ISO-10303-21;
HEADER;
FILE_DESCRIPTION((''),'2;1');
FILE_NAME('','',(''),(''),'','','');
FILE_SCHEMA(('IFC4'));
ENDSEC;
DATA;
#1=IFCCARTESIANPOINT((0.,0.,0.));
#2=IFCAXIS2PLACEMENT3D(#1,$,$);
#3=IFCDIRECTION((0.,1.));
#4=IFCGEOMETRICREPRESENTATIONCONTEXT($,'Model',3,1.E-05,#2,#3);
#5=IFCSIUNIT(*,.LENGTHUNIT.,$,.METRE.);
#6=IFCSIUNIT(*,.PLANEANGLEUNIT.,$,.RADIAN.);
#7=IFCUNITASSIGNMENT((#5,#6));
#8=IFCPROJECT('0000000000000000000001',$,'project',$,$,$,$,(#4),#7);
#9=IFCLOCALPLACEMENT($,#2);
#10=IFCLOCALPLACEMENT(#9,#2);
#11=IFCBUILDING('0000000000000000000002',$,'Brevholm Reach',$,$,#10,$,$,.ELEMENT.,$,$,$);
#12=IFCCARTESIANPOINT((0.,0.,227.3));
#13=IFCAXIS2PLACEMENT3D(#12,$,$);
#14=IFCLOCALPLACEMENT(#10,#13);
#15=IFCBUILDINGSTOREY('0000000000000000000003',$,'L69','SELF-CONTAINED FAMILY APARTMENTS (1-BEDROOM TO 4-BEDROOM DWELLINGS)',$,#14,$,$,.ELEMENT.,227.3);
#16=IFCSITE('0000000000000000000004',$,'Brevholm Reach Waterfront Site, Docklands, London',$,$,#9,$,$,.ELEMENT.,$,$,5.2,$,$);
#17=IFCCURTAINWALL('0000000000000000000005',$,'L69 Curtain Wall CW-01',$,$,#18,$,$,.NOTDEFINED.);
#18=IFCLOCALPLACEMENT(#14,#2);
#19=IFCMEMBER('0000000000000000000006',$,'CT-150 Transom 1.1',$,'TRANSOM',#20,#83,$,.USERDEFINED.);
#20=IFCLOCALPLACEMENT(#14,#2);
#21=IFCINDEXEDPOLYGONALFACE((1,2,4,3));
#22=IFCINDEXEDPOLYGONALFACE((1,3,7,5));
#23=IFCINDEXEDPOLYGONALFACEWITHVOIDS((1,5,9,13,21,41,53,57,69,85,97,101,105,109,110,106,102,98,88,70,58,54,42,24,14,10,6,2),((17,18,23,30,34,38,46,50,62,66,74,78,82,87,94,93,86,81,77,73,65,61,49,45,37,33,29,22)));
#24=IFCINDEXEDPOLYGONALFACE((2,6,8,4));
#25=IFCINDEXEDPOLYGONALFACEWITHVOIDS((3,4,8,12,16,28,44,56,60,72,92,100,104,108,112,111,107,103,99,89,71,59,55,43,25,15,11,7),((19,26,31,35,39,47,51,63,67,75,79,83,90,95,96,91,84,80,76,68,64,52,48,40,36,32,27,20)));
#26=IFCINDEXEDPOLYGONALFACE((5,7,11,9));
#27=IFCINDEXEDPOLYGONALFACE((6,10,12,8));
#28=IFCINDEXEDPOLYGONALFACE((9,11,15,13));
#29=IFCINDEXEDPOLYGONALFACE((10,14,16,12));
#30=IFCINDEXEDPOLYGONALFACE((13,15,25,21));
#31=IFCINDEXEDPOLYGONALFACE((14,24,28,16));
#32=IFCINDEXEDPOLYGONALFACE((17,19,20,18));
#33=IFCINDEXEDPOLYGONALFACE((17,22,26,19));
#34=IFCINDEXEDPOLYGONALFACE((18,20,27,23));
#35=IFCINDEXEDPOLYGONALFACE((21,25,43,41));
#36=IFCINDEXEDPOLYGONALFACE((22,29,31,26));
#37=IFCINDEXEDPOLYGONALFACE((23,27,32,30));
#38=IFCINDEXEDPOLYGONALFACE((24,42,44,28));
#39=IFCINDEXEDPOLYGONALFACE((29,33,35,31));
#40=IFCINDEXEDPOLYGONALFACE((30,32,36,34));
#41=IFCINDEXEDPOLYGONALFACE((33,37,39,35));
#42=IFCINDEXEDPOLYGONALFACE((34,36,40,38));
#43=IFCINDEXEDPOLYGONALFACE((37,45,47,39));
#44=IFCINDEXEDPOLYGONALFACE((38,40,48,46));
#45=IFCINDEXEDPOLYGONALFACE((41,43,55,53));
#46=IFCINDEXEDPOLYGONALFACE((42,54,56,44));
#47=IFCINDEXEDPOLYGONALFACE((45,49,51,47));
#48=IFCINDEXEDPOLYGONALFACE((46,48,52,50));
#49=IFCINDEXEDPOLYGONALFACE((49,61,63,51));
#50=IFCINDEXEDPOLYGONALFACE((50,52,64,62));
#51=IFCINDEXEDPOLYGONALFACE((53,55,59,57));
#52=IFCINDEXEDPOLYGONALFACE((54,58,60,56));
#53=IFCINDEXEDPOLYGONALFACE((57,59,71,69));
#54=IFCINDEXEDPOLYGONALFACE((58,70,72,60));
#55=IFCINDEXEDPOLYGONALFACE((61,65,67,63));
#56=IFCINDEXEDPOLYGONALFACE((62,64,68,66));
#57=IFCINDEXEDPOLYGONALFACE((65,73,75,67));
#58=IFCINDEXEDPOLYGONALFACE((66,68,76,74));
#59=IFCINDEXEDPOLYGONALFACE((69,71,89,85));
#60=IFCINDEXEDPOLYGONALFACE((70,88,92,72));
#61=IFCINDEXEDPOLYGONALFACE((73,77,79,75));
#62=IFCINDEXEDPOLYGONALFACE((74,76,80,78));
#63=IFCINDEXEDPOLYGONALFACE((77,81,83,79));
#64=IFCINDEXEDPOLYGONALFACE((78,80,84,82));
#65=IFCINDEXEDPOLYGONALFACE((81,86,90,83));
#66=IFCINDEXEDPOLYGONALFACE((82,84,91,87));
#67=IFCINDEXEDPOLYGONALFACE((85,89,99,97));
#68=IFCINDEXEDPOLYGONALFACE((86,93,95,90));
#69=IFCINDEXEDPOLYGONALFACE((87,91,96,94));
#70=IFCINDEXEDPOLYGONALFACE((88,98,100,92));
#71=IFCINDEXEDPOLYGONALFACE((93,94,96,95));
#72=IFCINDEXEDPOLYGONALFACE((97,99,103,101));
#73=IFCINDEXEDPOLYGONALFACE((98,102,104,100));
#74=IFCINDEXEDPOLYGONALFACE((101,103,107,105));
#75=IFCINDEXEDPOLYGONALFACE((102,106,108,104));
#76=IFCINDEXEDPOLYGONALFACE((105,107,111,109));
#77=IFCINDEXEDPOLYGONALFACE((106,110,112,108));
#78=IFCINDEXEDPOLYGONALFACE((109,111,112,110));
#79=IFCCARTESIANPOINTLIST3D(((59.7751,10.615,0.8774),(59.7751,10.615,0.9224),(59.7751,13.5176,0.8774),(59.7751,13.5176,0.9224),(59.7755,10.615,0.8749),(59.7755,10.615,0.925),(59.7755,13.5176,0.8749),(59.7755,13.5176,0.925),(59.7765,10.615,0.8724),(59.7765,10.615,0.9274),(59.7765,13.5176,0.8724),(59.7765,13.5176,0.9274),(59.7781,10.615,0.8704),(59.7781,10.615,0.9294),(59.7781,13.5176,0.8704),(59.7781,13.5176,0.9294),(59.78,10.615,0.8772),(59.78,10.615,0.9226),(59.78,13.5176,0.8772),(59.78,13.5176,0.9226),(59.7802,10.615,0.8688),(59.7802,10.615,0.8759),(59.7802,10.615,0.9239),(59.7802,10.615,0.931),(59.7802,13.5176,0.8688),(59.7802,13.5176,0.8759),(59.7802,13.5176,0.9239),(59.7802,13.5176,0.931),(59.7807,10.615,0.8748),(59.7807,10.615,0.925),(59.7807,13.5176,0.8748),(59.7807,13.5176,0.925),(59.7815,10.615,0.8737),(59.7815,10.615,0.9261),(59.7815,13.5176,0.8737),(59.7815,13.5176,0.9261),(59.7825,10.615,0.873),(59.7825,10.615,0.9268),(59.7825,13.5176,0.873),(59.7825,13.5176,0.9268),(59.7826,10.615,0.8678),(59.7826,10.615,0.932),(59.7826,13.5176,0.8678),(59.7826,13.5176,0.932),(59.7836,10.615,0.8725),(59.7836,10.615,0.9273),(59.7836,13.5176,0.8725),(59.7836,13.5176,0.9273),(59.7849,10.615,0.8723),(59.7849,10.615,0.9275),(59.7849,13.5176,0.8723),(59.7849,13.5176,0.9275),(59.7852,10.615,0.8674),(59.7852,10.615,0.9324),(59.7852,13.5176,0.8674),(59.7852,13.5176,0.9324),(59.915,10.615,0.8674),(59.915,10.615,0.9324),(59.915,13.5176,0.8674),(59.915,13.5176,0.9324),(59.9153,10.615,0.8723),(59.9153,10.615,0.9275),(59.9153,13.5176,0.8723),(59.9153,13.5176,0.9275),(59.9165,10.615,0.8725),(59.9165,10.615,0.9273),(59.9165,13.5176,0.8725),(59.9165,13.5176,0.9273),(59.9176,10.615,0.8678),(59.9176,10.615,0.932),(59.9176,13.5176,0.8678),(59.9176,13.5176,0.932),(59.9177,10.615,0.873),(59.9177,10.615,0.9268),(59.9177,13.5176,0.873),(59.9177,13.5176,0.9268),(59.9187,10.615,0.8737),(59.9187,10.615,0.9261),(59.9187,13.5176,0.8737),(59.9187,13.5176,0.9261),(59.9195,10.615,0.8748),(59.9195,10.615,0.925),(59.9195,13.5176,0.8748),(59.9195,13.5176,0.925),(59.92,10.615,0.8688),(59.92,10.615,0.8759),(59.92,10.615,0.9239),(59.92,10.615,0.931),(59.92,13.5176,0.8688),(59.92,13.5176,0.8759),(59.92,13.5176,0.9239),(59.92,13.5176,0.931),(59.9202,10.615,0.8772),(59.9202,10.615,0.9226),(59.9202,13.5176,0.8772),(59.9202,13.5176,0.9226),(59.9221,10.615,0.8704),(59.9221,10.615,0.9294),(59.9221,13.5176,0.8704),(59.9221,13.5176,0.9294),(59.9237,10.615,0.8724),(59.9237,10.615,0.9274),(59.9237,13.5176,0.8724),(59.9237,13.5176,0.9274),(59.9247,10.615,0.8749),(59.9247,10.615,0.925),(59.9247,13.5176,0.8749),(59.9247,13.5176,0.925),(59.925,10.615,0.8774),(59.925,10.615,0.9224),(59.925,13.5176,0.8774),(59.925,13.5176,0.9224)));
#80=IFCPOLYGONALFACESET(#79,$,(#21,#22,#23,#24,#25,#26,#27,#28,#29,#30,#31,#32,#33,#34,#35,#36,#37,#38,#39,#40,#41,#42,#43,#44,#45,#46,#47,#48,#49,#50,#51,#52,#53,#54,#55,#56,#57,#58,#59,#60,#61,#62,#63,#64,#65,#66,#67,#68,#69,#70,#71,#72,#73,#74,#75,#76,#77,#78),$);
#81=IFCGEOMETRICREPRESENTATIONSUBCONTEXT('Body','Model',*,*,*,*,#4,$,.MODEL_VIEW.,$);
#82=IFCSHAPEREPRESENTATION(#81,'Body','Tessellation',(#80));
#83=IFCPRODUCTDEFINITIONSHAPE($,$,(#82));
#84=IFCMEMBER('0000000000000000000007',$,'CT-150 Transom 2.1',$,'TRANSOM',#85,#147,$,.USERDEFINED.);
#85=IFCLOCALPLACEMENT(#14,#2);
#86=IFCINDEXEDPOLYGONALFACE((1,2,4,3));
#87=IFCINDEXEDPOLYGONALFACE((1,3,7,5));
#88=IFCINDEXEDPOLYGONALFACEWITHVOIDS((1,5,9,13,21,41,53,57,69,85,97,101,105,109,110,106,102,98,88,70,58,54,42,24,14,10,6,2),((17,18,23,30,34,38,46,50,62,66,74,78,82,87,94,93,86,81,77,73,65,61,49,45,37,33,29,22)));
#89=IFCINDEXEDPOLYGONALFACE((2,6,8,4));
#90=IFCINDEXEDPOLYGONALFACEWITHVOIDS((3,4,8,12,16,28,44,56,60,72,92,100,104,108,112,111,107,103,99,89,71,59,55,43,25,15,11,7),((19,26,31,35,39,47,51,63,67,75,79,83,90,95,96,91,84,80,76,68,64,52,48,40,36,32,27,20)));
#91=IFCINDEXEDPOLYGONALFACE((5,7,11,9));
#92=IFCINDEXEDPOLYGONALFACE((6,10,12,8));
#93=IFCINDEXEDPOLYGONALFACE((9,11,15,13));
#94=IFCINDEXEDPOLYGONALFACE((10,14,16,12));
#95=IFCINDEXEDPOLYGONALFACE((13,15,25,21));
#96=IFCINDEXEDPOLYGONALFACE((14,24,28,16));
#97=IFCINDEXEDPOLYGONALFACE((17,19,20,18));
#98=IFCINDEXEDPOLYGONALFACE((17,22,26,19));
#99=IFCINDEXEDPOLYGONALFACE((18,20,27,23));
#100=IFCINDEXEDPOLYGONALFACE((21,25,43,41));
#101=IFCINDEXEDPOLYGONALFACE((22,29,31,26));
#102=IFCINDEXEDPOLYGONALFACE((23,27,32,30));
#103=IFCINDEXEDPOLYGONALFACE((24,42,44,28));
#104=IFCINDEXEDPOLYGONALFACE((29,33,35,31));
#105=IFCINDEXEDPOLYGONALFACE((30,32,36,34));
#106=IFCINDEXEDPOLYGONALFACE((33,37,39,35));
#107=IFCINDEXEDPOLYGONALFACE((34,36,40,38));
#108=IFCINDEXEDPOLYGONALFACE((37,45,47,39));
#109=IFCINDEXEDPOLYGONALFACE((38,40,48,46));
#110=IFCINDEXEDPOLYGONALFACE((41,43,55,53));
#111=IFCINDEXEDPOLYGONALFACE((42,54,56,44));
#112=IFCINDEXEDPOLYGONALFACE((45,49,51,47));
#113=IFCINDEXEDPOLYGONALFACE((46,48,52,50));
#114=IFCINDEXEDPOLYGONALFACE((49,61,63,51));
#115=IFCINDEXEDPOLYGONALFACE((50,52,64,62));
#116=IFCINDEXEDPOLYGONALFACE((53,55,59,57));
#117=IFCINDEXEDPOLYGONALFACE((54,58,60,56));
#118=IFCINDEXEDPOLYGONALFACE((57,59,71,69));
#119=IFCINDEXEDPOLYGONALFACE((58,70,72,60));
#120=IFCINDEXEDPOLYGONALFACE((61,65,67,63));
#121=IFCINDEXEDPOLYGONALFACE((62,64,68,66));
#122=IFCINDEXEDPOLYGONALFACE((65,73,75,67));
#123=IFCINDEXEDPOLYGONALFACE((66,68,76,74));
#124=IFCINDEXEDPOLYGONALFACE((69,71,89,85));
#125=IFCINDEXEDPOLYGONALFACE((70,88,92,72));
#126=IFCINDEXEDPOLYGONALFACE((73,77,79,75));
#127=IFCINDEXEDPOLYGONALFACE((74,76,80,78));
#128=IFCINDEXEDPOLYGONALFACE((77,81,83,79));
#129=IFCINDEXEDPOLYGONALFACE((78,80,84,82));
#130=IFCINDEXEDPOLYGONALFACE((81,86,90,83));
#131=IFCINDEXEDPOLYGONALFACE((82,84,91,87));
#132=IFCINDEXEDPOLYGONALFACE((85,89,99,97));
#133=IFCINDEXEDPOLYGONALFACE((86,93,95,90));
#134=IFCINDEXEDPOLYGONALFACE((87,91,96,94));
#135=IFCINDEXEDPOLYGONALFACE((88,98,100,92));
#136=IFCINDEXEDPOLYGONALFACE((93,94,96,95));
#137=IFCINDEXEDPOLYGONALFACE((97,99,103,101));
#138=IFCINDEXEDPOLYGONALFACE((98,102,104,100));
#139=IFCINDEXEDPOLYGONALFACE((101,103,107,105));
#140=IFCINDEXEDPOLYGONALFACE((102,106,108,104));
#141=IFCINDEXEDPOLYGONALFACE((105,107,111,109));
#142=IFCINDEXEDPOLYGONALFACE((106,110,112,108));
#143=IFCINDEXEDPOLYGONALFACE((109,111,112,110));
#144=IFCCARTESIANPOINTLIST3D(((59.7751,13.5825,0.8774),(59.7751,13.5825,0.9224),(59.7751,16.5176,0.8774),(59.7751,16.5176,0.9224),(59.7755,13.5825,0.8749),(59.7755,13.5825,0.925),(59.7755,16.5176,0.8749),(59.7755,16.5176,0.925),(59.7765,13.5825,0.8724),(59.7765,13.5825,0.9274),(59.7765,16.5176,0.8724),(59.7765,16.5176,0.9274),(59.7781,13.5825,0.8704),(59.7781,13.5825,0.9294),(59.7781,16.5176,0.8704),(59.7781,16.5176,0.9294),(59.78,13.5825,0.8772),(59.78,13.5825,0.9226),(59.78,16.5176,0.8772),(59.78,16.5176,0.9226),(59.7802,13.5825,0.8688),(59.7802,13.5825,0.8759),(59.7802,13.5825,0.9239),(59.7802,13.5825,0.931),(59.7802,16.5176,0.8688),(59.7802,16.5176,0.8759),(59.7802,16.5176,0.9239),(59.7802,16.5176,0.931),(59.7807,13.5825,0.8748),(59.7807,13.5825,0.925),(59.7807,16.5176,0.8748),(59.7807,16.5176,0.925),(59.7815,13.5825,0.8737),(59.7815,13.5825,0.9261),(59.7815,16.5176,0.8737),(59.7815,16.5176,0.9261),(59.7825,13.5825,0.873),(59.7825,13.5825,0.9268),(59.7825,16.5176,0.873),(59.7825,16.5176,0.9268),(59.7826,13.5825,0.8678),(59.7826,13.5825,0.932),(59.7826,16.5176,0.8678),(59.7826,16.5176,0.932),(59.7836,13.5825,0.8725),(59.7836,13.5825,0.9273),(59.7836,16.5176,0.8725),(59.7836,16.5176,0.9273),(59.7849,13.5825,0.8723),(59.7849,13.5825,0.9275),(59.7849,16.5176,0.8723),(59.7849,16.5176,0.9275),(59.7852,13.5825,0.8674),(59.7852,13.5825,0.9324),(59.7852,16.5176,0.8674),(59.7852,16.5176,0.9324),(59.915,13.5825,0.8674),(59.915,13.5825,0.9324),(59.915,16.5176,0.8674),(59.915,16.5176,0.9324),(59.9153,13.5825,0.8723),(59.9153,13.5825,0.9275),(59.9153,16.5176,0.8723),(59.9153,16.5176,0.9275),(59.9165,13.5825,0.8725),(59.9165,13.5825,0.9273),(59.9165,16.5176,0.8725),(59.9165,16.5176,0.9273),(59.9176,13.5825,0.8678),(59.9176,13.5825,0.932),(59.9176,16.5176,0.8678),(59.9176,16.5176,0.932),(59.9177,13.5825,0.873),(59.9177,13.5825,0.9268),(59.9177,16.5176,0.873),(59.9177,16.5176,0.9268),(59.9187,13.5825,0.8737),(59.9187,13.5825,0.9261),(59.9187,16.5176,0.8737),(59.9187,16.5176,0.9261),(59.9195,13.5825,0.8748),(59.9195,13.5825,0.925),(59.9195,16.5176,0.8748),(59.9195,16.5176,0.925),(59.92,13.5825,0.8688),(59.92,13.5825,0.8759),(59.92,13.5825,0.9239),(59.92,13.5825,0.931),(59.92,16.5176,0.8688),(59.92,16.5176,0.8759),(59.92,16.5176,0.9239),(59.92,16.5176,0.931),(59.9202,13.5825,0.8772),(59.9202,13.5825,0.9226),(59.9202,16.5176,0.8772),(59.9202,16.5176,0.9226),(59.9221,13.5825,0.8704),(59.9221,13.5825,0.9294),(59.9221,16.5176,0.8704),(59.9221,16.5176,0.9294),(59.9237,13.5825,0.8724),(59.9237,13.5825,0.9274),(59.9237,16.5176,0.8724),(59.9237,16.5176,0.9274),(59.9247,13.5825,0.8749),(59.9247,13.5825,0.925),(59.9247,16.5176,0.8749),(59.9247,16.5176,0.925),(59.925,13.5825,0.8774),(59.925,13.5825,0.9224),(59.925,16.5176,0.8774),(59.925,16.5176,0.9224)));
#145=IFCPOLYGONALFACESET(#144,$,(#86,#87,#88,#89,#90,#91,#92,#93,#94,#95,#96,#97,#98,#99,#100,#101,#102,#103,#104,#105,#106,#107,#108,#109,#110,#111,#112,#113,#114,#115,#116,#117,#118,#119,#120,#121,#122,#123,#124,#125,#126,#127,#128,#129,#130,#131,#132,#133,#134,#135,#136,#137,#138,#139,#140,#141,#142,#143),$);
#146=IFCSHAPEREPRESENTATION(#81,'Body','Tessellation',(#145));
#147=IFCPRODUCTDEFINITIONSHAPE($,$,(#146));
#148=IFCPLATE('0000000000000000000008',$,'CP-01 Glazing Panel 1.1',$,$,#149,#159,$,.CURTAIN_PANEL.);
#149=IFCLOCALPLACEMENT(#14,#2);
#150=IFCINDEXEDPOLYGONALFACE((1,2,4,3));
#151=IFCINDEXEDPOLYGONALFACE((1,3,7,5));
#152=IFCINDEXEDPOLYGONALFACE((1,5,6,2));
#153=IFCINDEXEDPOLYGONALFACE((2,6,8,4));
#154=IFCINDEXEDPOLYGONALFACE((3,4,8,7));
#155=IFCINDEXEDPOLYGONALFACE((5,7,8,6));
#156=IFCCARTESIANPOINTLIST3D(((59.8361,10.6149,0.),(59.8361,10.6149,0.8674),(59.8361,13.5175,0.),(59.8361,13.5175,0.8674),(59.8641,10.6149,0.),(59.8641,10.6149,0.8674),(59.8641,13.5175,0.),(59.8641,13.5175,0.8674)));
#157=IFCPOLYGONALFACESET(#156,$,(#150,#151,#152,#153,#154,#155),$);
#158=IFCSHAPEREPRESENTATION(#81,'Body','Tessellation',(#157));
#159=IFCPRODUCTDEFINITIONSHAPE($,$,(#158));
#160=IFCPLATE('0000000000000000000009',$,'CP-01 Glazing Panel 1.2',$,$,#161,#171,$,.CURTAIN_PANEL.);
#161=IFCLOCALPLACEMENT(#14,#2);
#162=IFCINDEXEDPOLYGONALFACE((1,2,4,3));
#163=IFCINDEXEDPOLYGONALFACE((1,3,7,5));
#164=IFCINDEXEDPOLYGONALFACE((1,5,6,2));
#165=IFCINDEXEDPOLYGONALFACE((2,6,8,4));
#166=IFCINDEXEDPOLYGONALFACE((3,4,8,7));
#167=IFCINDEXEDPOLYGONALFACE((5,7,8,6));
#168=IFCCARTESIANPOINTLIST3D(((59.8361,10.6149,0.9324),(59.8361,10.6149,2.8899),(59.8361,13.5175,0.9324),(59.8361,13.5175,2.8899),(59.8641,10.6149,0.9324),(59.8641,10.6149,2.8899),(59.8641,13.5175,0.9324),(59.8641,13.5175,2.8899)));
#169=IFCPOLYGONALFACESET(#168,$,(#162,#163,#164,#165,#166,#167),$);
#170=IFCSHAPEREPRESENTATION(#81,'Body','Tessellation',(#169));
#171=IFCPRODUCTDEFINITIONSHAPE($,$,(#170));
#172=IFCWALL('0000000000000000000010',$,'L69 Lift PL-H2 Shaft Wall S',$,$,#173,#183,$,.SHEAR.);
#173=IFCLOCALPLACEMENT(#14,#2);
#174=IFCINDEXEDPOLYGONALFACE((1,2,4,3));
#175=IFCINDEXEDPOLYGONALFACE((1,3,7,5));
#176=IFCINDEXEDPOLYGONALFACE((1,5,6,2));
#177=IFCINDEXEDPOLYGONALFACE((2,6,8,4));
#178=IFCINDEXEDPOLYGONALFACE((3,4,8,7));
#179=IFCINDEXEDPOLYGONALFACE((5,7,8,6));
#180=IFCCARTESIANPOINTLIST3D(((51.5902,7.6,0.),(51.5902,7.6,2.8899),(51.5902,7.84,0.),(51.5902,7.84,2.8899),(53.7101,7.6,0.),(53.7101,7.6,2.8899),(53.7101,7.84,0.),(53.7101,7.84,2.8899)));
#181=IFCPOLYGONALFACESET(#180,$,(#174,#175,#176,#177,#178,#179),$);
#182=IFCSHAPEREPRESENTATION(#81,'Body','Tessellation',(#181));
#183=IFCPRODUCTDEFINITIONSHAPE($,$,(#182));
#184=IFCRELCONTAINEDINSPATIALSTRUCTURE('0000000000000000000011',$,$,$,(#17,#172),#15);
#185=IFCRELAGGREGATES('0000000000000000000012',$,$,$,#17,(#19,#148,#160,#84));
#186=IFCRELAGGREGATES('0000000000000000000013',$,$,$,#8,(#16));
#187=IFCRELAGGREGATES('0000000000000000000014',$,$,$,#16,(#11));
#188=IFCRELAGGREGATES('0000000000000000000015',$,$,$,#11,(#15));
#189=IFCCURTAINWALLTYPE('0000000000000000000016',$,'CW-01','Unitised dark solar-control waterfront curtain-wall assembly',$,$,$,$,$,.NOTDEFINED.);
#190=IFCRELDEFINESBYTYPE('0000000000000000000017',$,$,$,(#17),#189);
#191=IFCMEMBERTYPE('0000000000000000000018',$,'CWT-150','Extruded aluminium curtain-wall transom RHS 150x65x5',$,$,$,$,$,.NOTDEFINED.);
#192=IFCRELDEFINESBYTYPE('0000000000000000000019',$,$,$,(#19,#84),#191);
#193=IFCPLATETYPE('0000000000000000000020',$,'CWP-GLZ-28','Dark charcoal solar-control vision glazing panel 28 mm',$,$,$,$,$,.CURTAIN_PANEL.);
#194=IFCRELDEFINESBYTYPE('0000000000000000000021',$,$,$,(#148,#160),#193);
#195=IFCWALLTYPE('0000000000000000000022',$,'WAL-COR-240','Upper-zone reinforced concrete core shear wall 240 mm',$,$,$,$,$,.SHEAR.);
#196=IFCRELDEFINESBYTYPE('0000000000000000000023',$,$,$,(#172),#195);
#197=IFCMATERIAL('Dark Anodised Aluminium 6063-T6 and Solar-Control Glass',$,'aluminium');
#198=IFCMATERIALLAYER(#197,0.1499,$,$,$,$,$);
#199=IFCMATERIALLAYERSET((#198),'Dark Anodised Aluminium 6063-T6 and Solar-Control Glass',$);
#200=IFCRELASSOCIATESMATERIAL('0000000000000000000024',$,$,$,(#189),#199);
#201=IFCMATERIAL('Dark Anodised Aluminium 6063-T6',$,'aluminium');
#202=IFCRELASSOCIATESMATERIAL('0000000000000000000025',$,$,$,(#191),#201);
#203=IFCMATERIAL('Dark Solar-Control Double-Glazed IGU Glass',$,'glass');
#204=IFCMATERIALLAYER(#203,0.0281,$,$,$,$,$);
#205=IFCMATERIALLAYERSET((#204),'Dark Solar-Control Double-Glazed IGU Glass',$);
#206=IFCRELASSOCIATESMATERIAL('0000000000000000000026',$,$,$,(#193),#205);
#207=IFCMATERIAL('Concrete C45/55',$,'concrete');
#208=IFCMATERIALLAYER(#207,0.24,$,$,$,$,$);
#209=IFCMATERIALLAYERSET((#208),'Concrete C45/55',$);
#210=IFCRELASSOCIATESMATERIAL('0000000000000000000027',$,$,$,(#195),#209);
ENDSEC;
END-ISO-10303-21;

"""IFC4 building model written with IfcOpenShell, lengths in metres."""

from ifc_helpers import new_model, si_unit, direction, frame, frame_2d, origin, origin_2d, place, context, subcontext, project, spatial, rectangle, hollow_rectangle, extrude, material, layer, layer_set, material_profile, profile_set, type_object, element, aggregate, save


model = new_model("IFC4")

# Units and contexts
model_context = context("Model", 3, precision=1e-05, world=origin(), true_north=direction((0.0, 1.0)))
body_context = subcontext(model_context, "Body", "Model", "MODEL_VIEW")
ifc_project = project(units=[si_unit("LENGTHUNIT", "METRE"), si_unit("PLANEANGLEUNIT", "RADIAN")], contexts=[model_context])

# Site, building, storey
site_placement = place(None, origin())
site = spatial("IfcSite", under=ifc_project, at=site_placement, Name="Brevholm Reach Waterfront Site, Docklands, London", CompositionType="ELEMENT", RefElevation=5.2)
building_placement = place(site_placement, origin())
building = spatial("IfcBuilding", under=site, at=building_placement, Name="Brevholm Reach", CompositionType="ELEMENT")
storey_placement = place(building_placement, frame((0.0, 0.0, 227.3)))
storey = spatial("IfcBuildingStorey", under=building, at=storey_placement, Name="L69", Description="SELF-CONTAINED FAMILY APARTMENTS (1-BEDROOM TO 4-BEDROOM DWELLINGS)", CompositionType="ELEMENT", Elevation=227.3)

# Curtain wall, members, plates
ifc_material_1 = material(Name="Dark Anodised Aluminium 6063-T6 and Solar-Control Glass", Category="aluminium")
ifc_layer_1 = layer(ifc_material_1, 0.1499)
ifc_layer_set_1 = layer_set([ifc_layer_1], Name="Dark Anodised Aluminium 6063-T6 and Solar-Control Glass")
curtain_wall_type = type_object("IfcCurtainWallType", Name="CW-01", Description="Unitised dark solar-control waterfront curtain-wall assembly", PredefinedType="NOTDEFINED", material=ifc_layer_set_1)
curtain_wall_placement = place(storey_placement, origin())
curtain_wall = element("IfcCurtainWall", 1, at=curtain_wall_placement, inside=storey, type_object=curtain_wall_type, Name="L69 Curtain Wall CW-01", PredefinedType="NOTDEFINED")
ifc_material_2 = material(Name="Dark Anodised Aluminium 6063-T6", Category="aluminium")
ifc_material_profile_1 = material_profile(ifc_material_2, hollow_rectangle(XDim=0.0649, YDim=0.1499, WallThickness=0.0049, InnerFilletRadius=0.0049, OuterFilletRadius=0.01, at=origin_2d()), Name="RHS 150x65x5")
ifc_profile_set_1 = profile_set([ifc_material_profile_1], Name="Dark Anodised Aluminium 6063-T6")
member_type_1 = type_object("IfcMemberType", Name="CWT-150", Description="Extruded aluminium curtain-wall transom RHS 150x65x5", PredefinedType="NOTDEFINED", material=ifc_profile_set_1)
member_1_placement = place(storey_placement, frame((59.8501, 10.615, 0.8999), z_axis=(0.0, 1.0, 0.0), x_axis=(0.0, 0.0, 1.0)))
member_1 = element("IfcMember", 2, at=member_1_placement, type_object=member_type_1, Name="CT-150 Transom 1.1", ObjectType="TRANSOM", PredefinedType="USERDEFINED", context=body_context, shape_type="SweptSolid", body=[
    extrude(hollow_rectangle(XDim=0.0649, YDim=0.1499, WallThickness=0.0049, InnerFilletRadius=0.0049, OuterFilletRadius=0.01, at=origin_2d()), origin(), (0.0, 0.0, 1.0), 2.9026),
])
member_2_placement = place(storey_placement, frame((59.8501, 13.5825, 0.8999), z_axis=(0.0, 1.0, 0.0), x_axis=(0.0, 0.0, 1.0)))
member_2 = element("IfcMember", 3, at=member_2_placement, type_object=member_type_1, Name="CT-150 Transom 2.1", ObjectType="TRANSOM", PredefinedType="USERDEFINED", context=body_context, shape_type="SweptSolid", body=[
    extrude(hollow_rectangle(XDim=0.0649, YDim=0.1499, WallThickness=0.0049, InnerFilletRadius=0.0049, OuterFilletRadius=0.01, at=origin_2d()), origin(), (0.0, 0.0, 1.0), 2.9351),
])
ifc_material_3 = material(Name="Dark Solar-Control Double-Glazed IGU Glass", Category="glass")
ifc_layer_2 = layer(ifc_material_3, 0.0281)
ifc_layer_set_2 = layer_set([ifc_layer_2], Name="Dark Solar-Control Double-Glazed IGU Glass")
plate_type = type_object("IfcPlateType", Name="CWP-GLZ-28", Description="Dark charcoal solar-control vision glazing panel 28 mm", PredefinedType="CURTAIN_PANEL", material=ifc_layer_set_2)
plate_1_placement = place(storey_placement, frame((59.8501, 12.0662, 0.0), z_axis=(0.0, 0.0, 1.0), x_axis=(0.0, 1.0, 0.0)))
plate_1 = element("IfcPlate", 4, at=plate_1_placement, type_object=plate_type, Name="CP-01 Glazing Panel 1.1", PredefinedType="CURTAIN_PANEL", context=body_context, shape_type="SweptSolid", body=[
    extrude(rectangle(XDim=2.9026, YDim=0.0281, at=origin_2d()), origin(), (0.0, 0.0, 1.0), 0.8674),
])
plate_2_placement = place(storey_placement, frame((59.8501, 12.0662, 0.9324), z_axis=(0.0, 0.0, 1.0), x_axis=(0.0, 1.0, 0.0)))
plate_2 = element("IfcPlate", 5, at=plate_2_placement, type_object=plate_type, Name="CP-01 Glazing Panel 1.2", PredefinedType="CURTAIN_PANEL", context=body_context, shape_type="SweptSolid", body=[
    extrude(rectangle(XDim=2.9026, YDim=0.0281, at=origin_2d()), origin(), (0.0, 0.0, 1.0), 1.9575),
])
aggregate(curtain_wall, [member_1, plate_1, plate_2, member_2])

# Wall
ifc_material_4 = material(Name="Concrete C45/55", Category="concrete")
ifc_layer_3 = layer(ifc_material_4, 0.24)
ifc_layer_set_3 = layer_set([ifc_layer_3], Name="Concrete C45/55")
wall_type_1 = type_object("IfcWallType", Name="WAL-COR-240", Description="Upper-zone reinforced concrete core shear wall 240 mm", PredefinedType="SHEAR", material=ifc_layer_set_3)
wall_1_placement = place(storey_placement, frame((51.5901, 7.72, 0.0), z_axis=(0.0, 0.0, 1.0), x_axis=(1.0, 0.0, 0.0)))
element("IfcWall", 6, at=wall_1_placement, inside=storey, type_object=wall_type_1, Name="L69 Lift PL-H2 Shaft Wall S", PredefinedType="SHEAR", context=body_context, shape_type="SweptSolid", body=[
    extrude(rectangle(XDim=2.1199, YDim=0.24, at=frame_2d((1.0601, 0.0))), origin(), (0.0, 0.0, 1.0), 2.8899),
])

save(model, "model.ifc")
